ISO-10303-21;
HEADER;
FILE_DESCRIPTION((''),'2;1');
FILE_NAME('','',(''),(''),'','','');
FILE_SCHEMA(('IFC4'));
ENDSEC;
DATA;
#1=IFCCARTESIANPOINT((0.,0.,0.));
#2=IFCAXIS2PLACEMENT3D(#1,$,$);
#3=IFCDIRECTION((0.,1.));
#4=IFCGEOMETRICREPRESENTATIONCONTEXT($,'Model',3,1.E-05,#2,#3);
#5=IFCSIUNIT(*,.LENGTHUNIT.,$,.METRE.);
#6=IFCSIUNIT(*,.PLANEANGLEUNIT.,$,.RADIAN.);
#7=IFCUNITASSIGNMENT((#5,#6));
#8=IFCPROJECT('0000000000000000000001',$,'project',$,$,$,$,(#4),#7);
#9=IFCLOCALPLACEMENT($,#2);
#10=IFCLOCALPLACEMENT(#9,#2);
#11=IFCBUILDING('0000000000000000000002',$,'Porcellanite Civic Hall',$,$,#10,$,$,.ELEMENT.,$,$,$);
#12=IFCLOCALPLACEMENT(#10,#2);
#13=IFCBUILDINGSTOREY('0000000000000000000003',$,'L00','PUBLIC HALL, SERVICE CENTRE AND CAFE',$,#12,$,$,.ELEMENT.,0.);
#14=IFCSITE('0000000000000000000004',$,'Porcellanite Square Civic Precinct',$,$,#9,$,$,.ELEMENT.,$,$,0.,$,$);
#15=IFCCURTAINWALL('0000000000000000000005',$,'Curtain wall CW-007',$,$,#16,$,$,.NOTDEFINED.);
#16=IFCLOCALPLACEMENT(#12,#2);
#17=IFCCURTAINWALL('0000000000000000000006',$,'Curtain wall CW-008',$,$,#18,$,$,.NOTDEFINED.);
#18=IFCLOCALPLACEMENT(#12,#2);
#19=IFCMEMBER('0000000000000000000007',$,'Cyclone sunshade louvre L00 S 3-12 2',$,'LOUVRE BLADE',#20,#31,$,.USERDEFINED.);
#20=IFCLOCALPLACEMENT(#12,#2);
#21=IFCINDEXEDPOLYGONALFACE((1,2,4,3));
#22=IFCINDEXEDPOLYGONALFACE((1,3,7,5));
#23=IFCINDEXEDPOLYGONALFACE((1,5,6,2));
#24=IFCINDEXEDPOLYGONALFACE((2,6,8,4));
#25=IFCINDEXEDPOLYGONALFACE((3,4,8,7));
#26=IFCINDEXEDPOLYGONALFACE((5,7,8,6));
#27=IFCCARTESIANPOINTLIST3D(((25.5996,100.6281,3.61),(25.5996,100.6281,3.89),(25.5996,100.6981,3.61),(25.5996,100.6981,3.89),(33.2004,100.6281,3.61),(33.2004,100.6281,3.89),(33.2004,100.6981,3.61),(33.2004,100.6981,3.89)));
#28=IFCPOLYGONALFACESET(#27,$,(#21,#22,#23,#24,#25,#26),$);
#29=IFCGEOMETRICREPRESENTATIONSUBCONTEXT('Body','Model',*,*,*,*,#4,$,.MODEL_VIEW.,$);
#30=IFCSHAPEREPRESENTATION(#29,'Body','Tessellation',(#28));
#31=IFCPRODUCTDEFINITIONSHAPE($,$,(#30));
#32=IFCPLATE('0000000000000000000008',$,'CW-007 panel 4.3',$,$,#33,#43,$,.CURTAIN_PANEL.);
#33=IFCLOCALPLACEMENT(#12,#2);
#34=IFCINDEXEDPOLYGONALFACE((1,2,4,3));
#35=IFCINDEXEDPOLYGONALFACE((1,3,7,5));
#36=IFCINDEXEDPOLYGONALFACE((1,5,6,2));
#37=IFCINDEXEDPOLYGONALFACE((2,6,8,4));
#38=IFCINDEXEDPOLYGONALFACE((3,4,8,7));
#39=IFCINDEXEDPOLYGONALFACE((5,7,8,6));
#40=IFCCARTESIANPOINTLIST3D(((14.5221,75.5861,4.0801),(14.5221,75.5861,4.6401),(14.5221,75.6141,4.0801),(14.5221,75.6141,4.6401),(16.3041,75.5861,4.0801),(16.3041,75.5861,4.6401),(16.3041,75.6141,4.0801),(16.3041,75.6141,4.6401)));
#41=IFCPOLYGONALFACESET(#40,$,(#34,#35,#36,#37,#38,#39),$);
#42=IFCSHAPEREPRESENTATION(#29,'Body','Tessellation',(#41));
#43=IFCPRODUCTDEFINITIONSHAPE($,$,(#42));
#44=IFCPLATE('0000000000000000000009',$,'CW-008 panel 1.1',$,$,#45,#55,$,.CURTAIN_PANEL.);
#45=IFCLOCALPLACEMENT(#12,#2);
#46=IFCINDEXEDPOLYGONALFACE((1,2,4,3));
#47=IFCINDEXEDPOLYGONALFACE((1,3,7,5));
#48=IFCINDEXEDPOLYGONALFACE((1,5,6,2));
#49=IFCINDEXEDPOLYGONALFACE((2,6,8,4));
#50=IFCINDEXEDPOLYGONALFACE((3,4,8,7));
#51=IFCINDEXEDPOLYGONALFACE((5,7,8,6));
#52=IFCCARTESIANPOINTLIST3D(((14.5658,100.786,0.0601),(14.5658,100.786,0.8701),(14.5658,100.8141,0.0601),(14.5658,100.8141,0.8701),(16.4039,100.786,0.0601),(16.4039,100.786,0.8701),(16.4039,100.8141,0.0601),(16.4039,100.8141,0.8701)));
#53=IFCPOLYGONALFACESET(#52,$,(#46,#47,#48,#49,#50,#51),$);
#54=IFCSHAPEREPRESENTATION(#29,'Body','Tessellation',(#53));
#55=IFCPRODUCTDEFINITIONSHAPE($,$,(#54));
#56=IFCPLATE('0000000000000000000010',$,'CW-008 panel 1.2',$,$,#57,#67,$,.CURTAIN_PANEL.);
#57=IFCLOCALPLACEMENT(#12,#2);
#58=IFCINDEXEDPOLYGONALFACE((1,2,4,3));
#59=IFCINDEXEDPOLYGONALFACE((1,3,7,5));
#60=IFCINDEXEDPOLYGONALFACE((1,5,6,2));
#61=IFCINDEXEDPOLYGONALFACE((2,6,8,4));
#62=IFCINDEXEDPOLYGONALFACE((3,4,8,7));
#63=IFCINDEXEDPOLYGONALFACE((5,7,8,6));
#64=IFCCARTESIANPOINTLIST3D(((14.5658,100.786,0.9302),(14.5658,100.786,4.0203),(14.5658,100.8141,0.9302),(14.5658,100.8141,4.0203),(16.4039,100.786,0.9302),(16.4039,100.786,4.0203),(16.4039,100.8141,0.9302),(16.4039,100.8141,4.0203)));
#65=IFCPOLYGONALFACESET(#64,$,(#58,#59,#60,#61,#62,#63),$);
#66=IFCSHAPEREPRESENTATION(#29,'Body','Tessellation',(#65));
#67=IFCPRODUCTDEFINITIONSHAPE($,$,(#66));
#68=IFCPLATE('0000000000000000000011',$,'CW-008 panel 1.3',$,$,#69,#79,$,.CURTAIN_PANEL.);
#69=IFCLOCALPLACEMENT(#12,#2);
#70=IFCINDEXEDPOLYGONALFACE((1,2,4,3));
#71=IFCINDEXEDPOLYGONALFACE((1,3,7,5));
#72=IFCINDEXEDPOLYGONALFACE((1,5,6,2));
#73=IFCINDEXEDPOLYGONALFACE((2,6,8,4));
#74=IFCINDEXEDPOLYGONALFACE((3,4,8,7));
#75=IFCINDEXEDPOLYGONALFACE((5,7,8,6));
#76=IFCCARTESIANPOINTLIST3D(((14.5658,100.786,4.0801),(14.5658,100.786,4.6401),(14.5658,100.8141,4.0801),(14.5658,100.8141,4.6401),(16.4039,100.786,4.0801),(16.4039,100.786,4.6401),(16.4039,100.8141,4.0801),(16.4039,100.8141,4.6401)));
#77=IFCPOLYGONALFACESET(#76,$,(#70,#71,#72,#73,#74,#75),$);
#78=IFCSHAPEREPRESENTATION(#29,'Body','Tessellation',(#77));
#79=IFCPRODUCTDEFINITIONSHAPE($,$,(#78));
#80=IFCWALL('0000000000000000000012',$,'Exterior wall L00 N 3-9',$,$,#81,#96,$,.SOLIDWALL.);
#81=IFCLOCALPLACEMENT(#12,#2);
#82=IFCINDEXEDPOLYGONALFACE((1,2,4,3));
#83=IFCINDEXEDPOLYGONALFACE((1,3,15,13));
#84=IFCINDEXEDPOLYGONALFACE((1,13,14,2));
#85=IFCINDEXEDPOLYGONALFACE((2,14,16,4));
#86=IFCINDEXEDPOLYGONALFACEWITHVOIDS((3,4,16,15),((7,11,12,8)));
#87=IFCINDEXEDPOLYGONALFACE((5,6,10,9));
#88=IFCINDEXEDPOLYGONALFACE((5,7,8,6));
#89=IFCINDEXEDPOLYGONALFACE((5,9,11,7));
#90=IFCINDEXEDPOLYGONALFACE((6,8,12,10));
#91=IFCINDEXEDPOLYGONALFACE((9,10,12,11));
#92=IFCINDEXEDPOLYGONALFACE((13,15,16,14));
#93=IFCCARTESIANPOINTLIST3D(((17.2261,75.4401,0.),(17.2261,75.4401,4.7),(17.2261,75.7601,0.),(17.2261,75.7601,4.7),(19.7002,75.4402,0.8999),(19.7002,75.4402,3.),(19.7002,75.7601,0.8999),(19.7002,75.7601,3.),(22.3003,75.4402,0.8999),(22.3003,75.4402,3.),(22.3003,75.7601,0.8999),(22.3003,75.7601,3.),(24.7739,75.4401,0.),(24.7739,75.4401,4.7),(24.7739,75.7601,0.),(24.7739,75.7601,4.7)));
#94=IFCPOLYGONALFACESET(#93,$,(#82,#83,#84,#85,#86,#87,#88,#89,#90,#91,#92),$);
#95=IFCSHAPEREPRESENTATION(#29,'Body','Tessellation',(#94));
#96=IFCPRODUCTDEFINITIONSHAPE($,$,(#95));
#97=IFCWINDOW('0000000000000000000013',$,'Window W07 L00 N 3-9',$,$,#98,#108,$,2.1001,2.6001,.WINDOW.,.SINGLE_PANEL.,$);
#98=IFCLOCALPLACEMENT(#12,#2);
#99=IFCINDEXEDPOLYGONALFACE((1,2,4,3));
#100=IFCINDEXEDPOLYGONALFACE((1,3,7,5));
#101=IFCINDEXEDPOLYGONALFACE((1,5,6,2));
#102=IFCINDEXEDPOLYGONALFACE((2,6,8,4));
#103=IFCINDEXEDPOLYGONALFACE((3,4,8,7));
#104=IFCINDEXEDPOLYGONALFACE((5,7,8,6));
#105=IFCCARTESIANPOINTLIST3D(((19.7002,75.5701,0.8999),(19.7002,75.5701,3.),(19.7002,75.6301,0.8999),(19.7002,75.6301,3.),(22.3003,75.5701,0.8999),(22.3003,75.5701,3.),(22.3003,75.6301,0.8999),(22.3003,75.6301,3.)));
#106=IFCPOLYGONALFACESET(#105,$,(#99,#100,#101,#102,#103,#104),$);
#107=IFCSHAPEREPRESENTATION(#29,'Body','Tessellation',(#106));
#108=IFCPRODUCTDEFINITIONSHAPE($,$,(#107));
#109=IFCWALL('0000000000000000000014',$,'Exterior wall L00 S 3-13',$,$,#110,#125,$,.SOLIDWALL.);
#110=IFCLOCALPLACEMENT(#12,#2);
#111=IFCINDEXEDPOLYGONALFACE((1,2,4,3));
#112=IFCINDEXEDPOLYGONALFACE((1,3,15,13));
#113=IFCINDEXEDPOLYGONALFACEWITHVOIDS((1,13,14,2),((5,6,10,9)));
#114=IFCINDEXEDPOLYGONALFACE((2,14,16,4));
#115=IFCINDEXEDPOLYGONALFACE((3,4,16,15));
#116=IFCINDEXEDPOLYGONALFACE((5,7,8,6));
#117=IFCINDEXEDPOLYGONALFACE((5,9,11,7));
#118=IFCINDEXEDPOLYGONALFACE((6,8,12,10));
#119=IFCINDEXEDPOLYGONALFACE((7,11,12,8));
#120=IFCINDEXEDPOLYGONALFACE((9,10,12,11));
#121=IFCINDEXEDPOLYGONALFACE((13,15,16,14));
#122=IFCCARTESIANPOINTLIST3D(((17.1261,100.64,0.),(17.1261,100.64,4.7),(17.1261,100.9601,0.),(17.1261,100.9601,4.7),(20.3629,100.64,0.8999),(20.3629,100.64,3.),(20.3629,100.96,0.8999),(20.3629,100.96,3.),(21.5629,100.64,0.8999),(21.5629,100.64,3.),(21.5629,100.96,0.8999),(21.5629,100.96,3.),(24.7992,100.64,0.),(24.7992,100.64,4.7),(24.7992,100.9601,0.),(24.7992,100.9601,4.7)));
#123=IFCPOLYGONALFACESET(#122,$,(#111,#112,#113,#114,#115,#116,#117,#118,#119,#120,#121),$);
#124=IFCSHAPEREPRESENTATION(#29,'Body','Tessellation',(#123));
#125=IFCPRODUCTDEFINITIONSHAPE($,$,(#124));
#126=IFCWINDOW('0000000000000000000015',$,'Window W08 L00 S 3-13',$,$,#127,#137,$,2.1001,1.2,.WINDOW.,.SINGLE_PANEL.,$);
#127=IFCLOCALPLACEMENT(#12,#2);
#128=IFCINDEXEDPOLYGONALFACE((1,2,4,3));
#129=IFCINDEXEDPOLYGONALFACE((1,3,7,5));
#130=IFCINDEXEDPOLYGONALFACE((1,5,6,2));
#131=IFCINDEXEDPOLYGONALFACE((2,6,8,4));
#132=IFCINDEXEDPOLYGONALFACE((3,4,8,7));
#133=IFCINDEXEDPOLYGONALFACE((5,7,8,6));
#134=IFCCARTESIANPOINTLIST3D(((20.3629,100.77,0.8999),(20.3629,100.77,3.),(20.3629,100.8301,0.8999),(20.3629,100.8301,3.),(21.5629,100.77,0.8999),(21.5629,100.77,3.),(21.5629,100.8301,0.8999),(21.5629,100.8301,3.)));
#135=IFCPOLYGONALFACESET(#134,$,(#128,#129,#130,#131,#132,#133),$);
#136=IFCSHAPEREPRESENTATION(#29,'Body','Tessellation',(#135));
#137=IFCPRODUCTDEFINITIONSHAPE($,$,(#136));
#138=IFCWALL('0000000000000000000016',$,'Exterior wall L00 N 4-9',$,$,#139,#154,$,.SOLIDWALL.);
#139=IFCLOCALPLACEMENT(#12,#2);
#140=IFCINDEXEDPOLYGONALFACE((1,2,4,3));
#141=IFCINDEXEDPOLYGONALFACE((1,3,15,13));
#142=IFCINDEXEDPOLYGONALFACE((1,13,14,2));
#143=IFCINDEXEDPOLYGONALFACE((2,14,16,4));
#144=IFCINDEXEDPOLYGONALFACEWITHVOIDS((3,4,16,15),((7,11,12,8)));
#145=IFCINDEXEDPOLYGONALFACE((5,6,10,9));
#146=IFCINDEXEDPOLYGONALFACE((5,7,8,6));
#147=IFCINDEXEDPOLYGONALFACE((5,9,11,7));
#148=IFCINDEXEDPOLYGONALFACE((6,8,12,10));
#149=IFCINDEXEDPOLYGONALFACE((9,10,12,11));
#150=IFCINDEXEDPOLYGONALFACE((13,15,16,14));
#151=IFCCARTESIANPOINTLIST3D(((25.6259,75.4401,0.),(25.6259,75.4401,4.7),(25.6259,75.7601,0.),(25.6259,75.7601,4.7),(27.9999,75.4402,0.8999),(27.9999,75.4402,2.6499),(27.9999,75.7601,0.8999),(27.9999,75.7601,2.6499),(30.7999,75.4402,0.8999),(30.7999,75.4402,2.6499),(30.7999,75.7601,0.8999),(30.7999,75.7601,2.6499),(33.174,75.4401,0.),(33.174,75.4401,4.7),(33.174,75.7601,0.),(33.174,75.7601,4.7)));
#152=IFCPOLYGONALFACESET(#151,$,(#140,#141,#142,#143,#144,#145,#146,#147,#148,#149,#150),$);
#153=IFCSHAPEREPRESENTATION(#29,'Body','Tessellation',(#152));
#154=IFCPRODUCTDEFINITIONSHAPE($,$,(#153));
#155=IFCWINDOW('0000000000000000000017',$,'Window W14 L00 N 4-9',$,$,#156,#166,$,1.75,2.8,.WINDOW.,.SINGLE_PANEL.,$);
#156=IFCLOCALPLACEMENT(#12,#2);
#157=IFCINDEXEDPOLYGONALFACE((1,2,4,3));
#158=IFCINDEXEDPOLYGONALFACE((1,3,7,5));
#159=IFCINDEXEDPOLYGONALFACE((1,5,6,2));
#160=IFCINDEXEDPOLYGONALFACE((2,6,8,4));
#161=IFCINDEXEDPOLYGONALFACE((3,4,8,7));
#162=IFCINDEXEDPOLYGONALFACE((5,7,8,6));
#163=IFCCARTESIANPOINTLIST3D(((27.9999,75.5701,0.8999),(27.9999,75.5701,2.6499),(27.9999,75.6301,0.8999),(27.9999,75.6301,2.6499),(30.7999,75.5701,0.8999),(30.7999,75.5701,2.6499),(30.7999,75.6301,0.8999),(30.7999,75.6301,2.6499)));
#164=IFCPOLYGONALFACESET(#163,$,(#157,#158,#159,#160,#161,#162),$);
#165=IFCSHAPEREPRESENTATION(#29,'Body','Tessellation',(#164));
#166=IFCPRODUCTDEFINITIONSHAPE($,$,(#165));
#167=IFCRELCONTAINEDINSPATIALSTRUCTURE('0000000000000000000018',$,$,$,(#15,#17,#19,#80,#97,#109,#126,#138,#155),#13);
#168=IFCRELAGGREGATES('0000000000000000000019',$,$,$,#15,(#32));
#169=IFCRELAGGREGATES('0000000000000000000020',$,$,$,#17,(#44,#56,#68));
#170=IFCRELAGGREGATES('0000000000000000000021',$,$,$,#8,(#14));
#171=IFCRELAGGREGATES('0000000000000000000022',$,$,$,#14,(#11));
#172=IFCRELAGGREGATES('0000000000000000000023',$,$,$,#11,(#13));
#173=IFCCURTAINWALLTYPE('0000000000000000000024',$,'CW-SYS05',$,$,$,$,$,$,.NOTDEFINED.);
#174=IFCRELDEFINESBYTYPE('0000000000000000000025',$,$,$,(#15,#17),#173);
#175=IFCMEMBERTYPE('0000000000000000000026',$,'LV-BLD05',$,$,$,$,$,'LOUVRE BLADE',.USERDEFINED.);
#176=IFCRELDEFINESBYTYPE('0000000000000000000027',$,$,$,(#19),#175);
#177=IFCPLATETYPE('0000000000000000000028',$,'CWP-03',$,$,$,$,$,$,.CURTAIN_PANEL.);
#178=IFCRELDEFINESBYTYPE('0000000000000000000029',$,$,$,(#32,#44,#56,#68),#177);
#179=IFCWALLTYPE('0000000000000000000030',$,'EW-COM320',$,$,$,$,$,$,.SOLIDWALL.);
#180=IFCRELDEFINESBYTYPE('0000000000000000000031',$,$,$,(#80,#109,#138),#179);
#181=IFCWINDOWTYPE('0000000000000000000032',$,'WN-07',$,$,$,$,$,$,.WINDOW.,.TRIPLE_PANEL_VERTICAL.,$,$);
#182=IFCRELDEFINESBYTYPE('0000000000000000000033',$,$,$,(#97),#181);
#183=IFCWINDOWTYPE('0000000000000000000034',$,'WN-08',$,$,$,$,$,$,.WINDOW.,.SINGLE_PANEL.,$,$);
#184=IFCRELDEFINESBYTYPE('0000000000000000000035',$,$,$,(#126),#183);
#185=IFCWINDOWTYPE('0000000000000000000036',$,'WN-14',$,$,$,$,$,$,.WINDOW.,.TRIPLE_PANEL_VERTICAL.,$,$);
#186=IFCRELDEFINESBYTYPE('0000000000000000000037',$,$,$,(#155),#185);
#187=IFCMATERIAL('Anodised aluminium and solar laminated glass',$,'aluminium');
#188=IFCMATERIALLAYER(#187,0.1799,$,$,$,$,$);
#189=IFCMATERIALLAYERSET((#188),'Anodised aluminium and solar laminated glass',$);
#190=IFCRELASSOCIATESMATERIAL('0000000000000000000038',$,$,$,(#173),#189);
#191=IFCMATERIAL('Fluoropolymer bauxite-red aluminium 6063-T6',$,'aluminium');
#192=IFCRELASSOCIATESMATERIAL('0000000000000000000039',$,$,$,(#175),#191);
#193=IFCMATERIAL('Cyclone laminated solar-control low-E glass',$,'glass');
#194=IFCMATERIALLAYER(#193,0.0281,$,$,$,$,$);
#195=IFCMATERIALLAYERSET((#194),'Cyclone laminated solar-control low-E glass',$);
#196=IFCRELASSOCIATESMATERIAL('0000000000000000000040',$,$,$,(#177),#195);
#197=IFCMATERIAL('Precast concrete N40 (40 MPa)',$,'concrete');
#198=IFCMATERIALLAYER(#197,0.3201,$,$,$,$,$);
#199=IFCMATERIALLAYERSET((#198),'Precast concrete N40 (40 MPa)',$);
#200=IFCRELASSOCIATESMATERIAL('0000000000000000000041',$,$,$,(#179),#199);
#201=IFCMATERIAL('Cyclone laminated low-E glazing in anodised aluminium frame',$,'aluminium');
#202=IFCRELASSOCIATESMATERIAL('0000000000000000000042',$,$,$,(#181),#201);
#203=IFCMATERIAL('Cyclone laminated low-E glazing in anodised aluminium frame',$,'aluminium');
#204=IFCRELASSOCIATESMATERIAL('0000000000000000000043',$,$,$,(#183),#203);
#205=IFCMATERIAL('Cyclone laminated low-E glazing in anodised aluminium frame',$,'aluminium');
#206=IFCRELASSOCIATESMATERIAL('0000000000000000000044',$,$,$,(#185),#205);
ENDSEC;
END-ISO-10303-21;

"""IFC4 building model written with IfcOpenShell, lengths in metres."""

from ifc_helpers import new_model, si_unit, direction, frame, frame_2d, origin, origin_2d, place, context, subcontext, project, spatial, rectangle, extrude, material, layer, layer_set, material_profile, profile_set, type_object, element, fill, aggregate, save


model = new_model("IFC4")

# Units and contexts
model_context = context("Model", 3, precision=1e-05, world=origin(), true_north=direction((0.0, 1.0)))
body_context = subcontext(model_context, "Body", "Model", "MODEL_VIEW")
ifc_project = project(units=[si_unit("LENGTHUNIT", "METRE"), si_unit("PLANEANGLEUNIT", "RADIAN")], contexts=[model_context])

# Site, building, storey
site_placement = place(None, origin())
site = spatial("IfcSite", under=ifc_project, at=site_placement, Name="Porcellanite Square Civic Precinct", CompositionType="ELEMENT", RefElevation=0.0)
building_placement = place(site_placement, origin())
building = spatial("IfcBuilding", under=site, at=building_placement, Name="Porcellanite Civic Hall", CompositionType="ELEMENT")
storey_placement = place(building_placement, origin())
storey = spatial("IfcBuildingStorey", under=building, at=storey_placement, Name="L00", Description="PUBLIC HALL, SERVICE CENTRE AND CAFE", CompositionType="ELEMENT", Elevation=0.0)

# Curtain walls
ifc_material_1 = material(Name="Anodised aluminium and solar laminated glass", Category="aluminium")
ifc_layer_1 = layer(ifc_material_1, 0.1799)
ifc_layer_set_1 = layer_set([ifc_layer_1], Name="Anodised aluminium and solar laminated glass")
curtain_wall_type = type_object("IfcCurtainWallType", Name="CW-SYS05", PredefinedType="NOTDEFINED", material=ifc_layer_set_1)
curtain_wall_1_placement = place(storey_placement, origin())
curtain_wall_1 = element("IfcCurtainWall", 1, at=curtain_wall_1_placement, inside=storey, type_object=curtain_wall_type, Name="Curtain wall CW-007", PredefinedType="NOTDEFINED")
curtain_wall_2_placement = place(storey_placement, origin())
curtain_wall_2 = element("IfcCurtainWall", 2, at=curtain_wall_2_placement, inside=storey, type_object=curtain_wall_type, Name="Curtain wall CW-008", PredefinedType="NOTDEFINED")

# Member
ifc_material_2 = material(Name="Fluoropolymer bauxite-red aluminium 6063-T6", Category="aluminium")
ifc_material_profile_1 = material_profile(ifc_material_2, rectangle(XDim=0.0701, YDim=0.28, at=origin_2d()), Name="AL-70x280")
ifc_profile_set_1 = profile_set([ifc_material_profile_1], Name="Fluoropolymer bauxite-red aluminium 6063-T6")
member_type_1 = type_object("IfcMemberType", Name="LV-BLD05", ElementType="LOUVRE BLADE", PredefinedType="USERDEFINED", material=ifc_profile_set_1)
for number, where, z_axis, x_axis, name in (
    (3, (33.2004, 100.6631, 3.75), (-1.0, 0.0, 0.0), (0.0, -1.0, 0.0), "Cyclone sunshade louvre L00 S 3-12 2"),
):
    element("IfcMember", number, at=place(storey_placement, frame(where, z_axis=z_axis, x_axis=x_axis)), inside=storey, type_object=member_type_1, Name=name, ObjectType="LOUVRE BLADE", PredefinedType="USERDEFINED", context=body_context, shape_type="SweptSolid", body=[
        extrude(rectangle(XDim=0.0701, YDim=0.28, at=origin_2d()), origin(), (0.0, 0.0, 1.0), 7.6008),
    ])

# Plates
ifc_material_3 = material(Name="Cyclone laminated solar-control low-E glass", Category="glass")
ifc_layer_2 = layer(ifc_material_3, 0.0281)
ifc_layer_set_2 = layer_set([ifc_layer_2], Name="Cyclone laminated solar-control low-E glass")
plate_type = type_object("IfcPlateType", Name="CWP-03", PredefinedType="CURTAIN_PANEL", material=ifc_layer_set_2)
plate_1_placement = place(storey_placement, frame((15.4131, 75.6001, 4.0801), z_axis=(0.0, 0.0, 1.0), x_axis=(1.0, 0.0, 0.0)))
plate_1 = element("IfcPlate", 4, at=plate_1_placement, type_object=plate_type, Name="CW-007 panel 4.3", PredefinedType="CURTAIN_PANEL", context=body_context, shape_type="SweptSolid", body=[
    extrude(rectangle(XDim=1.782, YDim=0.0281, at=origin_2d()), origin(), (0.0, 0.0, 1.0), 0.5601),
])
aggregate(curtain_wall_1, [plate_1])
plate_2_placement = place(storey_placement, frame((15.4849, 100.8, 0.0601), z_axis=(0.0, 0.0, 1.0), x_axis=(-1.0, 0.0, 0.0)))
plate_2 = element("IfcPlate", 5, at=plate_2_placement, type_object=plate_type, Name="CW-008 panel 1.1", PredefinedType="CURTAIN_PANEL", context=body_context, shape_type="SweptSolid", body=[
    extrude(rectangle(XDim=1.8381, YDim=0.0281, at=origin_2d()), origin(), (0.0, 0.0, 1.0), 0.8101),
])
plate_3_placement = place(storey_placement, frame((15.4849, 100.8, 0.9302), z_axis=(0.0, 0.0, 1.0), x_axis=(-1.0, 0.0, 0.0)))
plate_3 = element("IfcPlate", 6, at=plate_3_placement, type_object=plate_type, Name="CW-008 panel 1.2", PredefinedType="CURTAIN_PANEL", context=body_context, shape_type="SweptSolid", body=[
    extrude(rectangle(XDim=1.8381, YDim=0.0281, at=origin_2d()), origin(), (0.0, 0.0, 1.0), 3.0901),
])
plate_4_placement = place(storey_placement, frame((15.4849, 100.8, 4.0801), z_axis=(0.0, 0.0, 1.0), x_axis=(-1.0, 0.0, 0.0)))
plate_4 = element("IfcPlate", 7, at=plate_4_placement, type_object=plate_type, Name="CW-008 panel 1.3", PredefinedType="CURTAIN_PANEL", context=body_context, shape_type="SweptSolid", body=[
    extrude(rectangle(XDim=1.8381, YDim=0.0281, at=origin_2d()), origin(), (0.0, 0.0, 1.0), 0.5601),
])
aggregate(curtain_wall_2, [plate_2, plate_3, plate_4])

# Walls, openings, windows
ifc_material_4 = material(Name="Precast concrete N40 (40 MPa)", Category="concrete")
ifc_layer_3 = layer(ifc_material_4, 0.3201)
ifc_layer_set_3 = layer_set([ifc_layer_3], Name="Precast concrete N40 (40 MPa)")
wall_type = type_object("IfcWallType", Name="EW-COM320", PredefinedType="SOLIDWALL", material=ifc_layer_set_3)
wall_1_placement = place(storey_placement, frame((17.2261, 75.6001, 0.0), z_axis=(0.0, 0.0, 1.0), x_axis=(1.0, 0.0, 0.0)))
wall_1 = element("IfcWall", 8, at=wall_1_placement, inside=storey, type_object=wall_type, Name="Exterior wall L00 N 3-9", PredefinedType="SOLIDWALL", context=body_context, shape_type="SweptSolid", body=[
    extrude(rectangle(XDim=7.5479, YDim=0.3201, at=frame_2d((3.7739, 0.0))), origin(), (0.0, 0.0, 1.0), 4.7),
])
opening_1_placement = place(wall_1_placement, frame((2.4741, 0.0, 0.8999)))
opening_1 = element("IfcOpeningElement", 9, at=opening_1_placement, cuts=wall_1, PredefinedType="OPENING", context=body_context, shape_type="SweptSolid", body=[
    extrude(rectangle(XDim=2.6001, YDim=2.1001, at=frame_2d((1.3, 1.05))), frame((0.0, 0.1602, 0.0), z_axis=(0.0, -1.0, 0.0), x_axis=(1.0, 0.0, 0.0)), (0.0, 0.0, 1.0), 0.3201),
])
ifc_material_5 = material(Name="Cyclone laminated low-E glazing in anodised aluminium frame", Category="aluminium")
window_type_1 = type_object("IfcWindowType", Name="WN-07", PartitioningType="TRIPLE_PANEL_VERTICAL", PredefinedType="WINDOW", material=ifc_material_5)
window_1_placement = place(opening_1_placement, origin())
window_1 = element("IfcWindow", 10, at=window_1_placement, inside=storey, type_object=window_type_1, Name="Window W07 L00 N 3-9", OverallHeight=2.1001, OverallWidth=2.6001, PartitioningType="SINGLE_PANEL", PredefinedType="WINDOW", context=body_context, shape_type="SweptSolid", body=[
    extrude(rectangle(XDim=2.6001, YDim=2.1001, at=frame_2d((1.3, 1.05))), frame((0.0, 0.03, 0.0), z_axis=(0.0, -1.0, 0.0), x_axis=(1.0, 0.0, 0.0)), (0.0, 0.0, 1.0), 0.0601),
])
fill(opening_1, window_1)
wall_2_placement = place(storey_placement, frame((24.7991, 100.8, 0.0), z_axis=(0.0, 0.0, 1.0), x_axis=(-1.0, 0.0, 0.0)))
wall_2 = element("IfcWall", 11, at=wall_2_placement, inside=storey, type_object=wall_type, Name="Exterior wall L00 S 3-13", PredefinedType="SOLIDWALL", context=body_context, shape_type="SweptSolid", body=[
    extrude(rectangle(XDim=7.6731, YDim=0.3201, at=frame_2d((3.8364, 0.0))), origin(), (0.0, 0.0, 1.0), 4.7),
])
opening_2_placement = place(wall_2_placement, frame((3.2361, 0.0, 0.8999)))
opening_2 = element("IfcOpeningElement", 12, at=opening_2_placement, cuts=wall_2, PredefinedType="OPENING", context=body_context, shape_type="SweptSolid", body=[
    extrude(rectangle(XDim=1.2, YDim=2.1001, at=frame_2d((0.6001, 1.05))), frame((0.0, 0.1602, 0.0), z_axis=(0.0, -1.0, 0.0), x_axis=(1.0, 0.0, 0.0)), (0.0, 0.0, 1.0), 0.3201),
])
ifc_material_6 = material(Name="Cyclone laminated low-E glazing in anodised aluminium frame", Category="aluminium")
window_type_2 = type_object("IfcWindowType", Name="WN-08", PartitioningType="SINGLE_PANEL", PredefinedType="WINDOW", material=ifc_material_6)
window_2_placement = place(opening_2_placement, origin())
window_2 = element("IfcWindow", 13, at=window_2_placement, inside=storey, type_object=window_type_2, Name="Window W08 L00 S 3-13", OverallHeight=2.1001, OverallWidth=1.2, PartitioningType="SINGLE_PANEL", PredefinedType="WINDOW", context=body_context, shape_type="SweptSolid", body=[
    extrude(rectangle(XDim=1.2, YDim=2.1001, at=frame_2d((0.6001, 1.05))), frame((0.0, 0.03, 0.0), z_axis=(0.0, -1.0, 0.0), x_axis=(1.0, 0.0, 0.0)), (0.0, 0.0, 1.0), 0.0601),
])
fill(opening_2, window_2)
wall_3_placement = place(storey_placement, frame((25.626, 75.6001, 0.0), z_axis=(0.0, 0.0, 1.0), x_axis=(1.0, 0.0, 0.0)))
wall_3 = element("IfcWall", 14, at=wall_3_placement, inside=storey, type_object=wall_type, Name="Exterior wall L00 N 4-9", PredefinedType="SOLIDWALL", context=body_context, shape_type="SweptSolid", body=[
    extrude(rectangle(XDim=7.5481, YDim=0.3201, at=frame_2d((3.7739, 0.0))), origin(), (0.0, 0.0, 1.0), 4.7),
])
opening_3_placement = place(wall_3_placement, frame((2.374, 0.0, 0.8999)))
opening_3 = element("IfcOpeningElement", 15, at=opening_3_placement, cuts=wall_3, PredefinedType="OPENING", context=body_context, shape_type="SweptSolid", body=[
    extrude(rectangle(XDim=2.8, YDim=1.75, at=frame_2d((1.3999, 0.875))), frame((0.0, 0.1602, 0.0), z_axis=(0.0, -1.0, 0.0), x_axis=(1.0, 0.0, 0.0)), (0.0, 0.0, 1.0), 0.3201),
])
ifc_material_7 = material(Name="Cyclone laminated low-E glazing in anodised aluminium frame", Category="aluminium")
window_type_3 = type_object("IfcWindowType", Name="WN-14", PartitioningType="TRIPLE_PANEL_VERTICAL", PredefinedType="WINDOW", material=ifc_material_7)
window_3_placement = place(opening_3_placement, origin())
window_3 = element("IfcWindow", 16, at=window_3_placement, inside=storey, type_object=window_type_3, Name="Window W14 L00 N 4-9", OverallHeight=1.75, OverallWidth=2.8, PartitioningType="SINGLE_PANEL", PredefinedType="WINDOW", context=body_context, shape_type="SweptSolid", body=[
    extrude(rectangle(XDim=2.8, YDim=1.75, at=frame_2d((1.3999, 0.875))), frame((0.0, 0.03, 0.0), z_axis=(0.0, -1.0, 0.0), x_axis=(1.0, 0.0, 0.0)), (0.0, 0.0, 1.0), 0.0601),
])
fill(opening_3, window_3)

save(model, "model.ifc")
